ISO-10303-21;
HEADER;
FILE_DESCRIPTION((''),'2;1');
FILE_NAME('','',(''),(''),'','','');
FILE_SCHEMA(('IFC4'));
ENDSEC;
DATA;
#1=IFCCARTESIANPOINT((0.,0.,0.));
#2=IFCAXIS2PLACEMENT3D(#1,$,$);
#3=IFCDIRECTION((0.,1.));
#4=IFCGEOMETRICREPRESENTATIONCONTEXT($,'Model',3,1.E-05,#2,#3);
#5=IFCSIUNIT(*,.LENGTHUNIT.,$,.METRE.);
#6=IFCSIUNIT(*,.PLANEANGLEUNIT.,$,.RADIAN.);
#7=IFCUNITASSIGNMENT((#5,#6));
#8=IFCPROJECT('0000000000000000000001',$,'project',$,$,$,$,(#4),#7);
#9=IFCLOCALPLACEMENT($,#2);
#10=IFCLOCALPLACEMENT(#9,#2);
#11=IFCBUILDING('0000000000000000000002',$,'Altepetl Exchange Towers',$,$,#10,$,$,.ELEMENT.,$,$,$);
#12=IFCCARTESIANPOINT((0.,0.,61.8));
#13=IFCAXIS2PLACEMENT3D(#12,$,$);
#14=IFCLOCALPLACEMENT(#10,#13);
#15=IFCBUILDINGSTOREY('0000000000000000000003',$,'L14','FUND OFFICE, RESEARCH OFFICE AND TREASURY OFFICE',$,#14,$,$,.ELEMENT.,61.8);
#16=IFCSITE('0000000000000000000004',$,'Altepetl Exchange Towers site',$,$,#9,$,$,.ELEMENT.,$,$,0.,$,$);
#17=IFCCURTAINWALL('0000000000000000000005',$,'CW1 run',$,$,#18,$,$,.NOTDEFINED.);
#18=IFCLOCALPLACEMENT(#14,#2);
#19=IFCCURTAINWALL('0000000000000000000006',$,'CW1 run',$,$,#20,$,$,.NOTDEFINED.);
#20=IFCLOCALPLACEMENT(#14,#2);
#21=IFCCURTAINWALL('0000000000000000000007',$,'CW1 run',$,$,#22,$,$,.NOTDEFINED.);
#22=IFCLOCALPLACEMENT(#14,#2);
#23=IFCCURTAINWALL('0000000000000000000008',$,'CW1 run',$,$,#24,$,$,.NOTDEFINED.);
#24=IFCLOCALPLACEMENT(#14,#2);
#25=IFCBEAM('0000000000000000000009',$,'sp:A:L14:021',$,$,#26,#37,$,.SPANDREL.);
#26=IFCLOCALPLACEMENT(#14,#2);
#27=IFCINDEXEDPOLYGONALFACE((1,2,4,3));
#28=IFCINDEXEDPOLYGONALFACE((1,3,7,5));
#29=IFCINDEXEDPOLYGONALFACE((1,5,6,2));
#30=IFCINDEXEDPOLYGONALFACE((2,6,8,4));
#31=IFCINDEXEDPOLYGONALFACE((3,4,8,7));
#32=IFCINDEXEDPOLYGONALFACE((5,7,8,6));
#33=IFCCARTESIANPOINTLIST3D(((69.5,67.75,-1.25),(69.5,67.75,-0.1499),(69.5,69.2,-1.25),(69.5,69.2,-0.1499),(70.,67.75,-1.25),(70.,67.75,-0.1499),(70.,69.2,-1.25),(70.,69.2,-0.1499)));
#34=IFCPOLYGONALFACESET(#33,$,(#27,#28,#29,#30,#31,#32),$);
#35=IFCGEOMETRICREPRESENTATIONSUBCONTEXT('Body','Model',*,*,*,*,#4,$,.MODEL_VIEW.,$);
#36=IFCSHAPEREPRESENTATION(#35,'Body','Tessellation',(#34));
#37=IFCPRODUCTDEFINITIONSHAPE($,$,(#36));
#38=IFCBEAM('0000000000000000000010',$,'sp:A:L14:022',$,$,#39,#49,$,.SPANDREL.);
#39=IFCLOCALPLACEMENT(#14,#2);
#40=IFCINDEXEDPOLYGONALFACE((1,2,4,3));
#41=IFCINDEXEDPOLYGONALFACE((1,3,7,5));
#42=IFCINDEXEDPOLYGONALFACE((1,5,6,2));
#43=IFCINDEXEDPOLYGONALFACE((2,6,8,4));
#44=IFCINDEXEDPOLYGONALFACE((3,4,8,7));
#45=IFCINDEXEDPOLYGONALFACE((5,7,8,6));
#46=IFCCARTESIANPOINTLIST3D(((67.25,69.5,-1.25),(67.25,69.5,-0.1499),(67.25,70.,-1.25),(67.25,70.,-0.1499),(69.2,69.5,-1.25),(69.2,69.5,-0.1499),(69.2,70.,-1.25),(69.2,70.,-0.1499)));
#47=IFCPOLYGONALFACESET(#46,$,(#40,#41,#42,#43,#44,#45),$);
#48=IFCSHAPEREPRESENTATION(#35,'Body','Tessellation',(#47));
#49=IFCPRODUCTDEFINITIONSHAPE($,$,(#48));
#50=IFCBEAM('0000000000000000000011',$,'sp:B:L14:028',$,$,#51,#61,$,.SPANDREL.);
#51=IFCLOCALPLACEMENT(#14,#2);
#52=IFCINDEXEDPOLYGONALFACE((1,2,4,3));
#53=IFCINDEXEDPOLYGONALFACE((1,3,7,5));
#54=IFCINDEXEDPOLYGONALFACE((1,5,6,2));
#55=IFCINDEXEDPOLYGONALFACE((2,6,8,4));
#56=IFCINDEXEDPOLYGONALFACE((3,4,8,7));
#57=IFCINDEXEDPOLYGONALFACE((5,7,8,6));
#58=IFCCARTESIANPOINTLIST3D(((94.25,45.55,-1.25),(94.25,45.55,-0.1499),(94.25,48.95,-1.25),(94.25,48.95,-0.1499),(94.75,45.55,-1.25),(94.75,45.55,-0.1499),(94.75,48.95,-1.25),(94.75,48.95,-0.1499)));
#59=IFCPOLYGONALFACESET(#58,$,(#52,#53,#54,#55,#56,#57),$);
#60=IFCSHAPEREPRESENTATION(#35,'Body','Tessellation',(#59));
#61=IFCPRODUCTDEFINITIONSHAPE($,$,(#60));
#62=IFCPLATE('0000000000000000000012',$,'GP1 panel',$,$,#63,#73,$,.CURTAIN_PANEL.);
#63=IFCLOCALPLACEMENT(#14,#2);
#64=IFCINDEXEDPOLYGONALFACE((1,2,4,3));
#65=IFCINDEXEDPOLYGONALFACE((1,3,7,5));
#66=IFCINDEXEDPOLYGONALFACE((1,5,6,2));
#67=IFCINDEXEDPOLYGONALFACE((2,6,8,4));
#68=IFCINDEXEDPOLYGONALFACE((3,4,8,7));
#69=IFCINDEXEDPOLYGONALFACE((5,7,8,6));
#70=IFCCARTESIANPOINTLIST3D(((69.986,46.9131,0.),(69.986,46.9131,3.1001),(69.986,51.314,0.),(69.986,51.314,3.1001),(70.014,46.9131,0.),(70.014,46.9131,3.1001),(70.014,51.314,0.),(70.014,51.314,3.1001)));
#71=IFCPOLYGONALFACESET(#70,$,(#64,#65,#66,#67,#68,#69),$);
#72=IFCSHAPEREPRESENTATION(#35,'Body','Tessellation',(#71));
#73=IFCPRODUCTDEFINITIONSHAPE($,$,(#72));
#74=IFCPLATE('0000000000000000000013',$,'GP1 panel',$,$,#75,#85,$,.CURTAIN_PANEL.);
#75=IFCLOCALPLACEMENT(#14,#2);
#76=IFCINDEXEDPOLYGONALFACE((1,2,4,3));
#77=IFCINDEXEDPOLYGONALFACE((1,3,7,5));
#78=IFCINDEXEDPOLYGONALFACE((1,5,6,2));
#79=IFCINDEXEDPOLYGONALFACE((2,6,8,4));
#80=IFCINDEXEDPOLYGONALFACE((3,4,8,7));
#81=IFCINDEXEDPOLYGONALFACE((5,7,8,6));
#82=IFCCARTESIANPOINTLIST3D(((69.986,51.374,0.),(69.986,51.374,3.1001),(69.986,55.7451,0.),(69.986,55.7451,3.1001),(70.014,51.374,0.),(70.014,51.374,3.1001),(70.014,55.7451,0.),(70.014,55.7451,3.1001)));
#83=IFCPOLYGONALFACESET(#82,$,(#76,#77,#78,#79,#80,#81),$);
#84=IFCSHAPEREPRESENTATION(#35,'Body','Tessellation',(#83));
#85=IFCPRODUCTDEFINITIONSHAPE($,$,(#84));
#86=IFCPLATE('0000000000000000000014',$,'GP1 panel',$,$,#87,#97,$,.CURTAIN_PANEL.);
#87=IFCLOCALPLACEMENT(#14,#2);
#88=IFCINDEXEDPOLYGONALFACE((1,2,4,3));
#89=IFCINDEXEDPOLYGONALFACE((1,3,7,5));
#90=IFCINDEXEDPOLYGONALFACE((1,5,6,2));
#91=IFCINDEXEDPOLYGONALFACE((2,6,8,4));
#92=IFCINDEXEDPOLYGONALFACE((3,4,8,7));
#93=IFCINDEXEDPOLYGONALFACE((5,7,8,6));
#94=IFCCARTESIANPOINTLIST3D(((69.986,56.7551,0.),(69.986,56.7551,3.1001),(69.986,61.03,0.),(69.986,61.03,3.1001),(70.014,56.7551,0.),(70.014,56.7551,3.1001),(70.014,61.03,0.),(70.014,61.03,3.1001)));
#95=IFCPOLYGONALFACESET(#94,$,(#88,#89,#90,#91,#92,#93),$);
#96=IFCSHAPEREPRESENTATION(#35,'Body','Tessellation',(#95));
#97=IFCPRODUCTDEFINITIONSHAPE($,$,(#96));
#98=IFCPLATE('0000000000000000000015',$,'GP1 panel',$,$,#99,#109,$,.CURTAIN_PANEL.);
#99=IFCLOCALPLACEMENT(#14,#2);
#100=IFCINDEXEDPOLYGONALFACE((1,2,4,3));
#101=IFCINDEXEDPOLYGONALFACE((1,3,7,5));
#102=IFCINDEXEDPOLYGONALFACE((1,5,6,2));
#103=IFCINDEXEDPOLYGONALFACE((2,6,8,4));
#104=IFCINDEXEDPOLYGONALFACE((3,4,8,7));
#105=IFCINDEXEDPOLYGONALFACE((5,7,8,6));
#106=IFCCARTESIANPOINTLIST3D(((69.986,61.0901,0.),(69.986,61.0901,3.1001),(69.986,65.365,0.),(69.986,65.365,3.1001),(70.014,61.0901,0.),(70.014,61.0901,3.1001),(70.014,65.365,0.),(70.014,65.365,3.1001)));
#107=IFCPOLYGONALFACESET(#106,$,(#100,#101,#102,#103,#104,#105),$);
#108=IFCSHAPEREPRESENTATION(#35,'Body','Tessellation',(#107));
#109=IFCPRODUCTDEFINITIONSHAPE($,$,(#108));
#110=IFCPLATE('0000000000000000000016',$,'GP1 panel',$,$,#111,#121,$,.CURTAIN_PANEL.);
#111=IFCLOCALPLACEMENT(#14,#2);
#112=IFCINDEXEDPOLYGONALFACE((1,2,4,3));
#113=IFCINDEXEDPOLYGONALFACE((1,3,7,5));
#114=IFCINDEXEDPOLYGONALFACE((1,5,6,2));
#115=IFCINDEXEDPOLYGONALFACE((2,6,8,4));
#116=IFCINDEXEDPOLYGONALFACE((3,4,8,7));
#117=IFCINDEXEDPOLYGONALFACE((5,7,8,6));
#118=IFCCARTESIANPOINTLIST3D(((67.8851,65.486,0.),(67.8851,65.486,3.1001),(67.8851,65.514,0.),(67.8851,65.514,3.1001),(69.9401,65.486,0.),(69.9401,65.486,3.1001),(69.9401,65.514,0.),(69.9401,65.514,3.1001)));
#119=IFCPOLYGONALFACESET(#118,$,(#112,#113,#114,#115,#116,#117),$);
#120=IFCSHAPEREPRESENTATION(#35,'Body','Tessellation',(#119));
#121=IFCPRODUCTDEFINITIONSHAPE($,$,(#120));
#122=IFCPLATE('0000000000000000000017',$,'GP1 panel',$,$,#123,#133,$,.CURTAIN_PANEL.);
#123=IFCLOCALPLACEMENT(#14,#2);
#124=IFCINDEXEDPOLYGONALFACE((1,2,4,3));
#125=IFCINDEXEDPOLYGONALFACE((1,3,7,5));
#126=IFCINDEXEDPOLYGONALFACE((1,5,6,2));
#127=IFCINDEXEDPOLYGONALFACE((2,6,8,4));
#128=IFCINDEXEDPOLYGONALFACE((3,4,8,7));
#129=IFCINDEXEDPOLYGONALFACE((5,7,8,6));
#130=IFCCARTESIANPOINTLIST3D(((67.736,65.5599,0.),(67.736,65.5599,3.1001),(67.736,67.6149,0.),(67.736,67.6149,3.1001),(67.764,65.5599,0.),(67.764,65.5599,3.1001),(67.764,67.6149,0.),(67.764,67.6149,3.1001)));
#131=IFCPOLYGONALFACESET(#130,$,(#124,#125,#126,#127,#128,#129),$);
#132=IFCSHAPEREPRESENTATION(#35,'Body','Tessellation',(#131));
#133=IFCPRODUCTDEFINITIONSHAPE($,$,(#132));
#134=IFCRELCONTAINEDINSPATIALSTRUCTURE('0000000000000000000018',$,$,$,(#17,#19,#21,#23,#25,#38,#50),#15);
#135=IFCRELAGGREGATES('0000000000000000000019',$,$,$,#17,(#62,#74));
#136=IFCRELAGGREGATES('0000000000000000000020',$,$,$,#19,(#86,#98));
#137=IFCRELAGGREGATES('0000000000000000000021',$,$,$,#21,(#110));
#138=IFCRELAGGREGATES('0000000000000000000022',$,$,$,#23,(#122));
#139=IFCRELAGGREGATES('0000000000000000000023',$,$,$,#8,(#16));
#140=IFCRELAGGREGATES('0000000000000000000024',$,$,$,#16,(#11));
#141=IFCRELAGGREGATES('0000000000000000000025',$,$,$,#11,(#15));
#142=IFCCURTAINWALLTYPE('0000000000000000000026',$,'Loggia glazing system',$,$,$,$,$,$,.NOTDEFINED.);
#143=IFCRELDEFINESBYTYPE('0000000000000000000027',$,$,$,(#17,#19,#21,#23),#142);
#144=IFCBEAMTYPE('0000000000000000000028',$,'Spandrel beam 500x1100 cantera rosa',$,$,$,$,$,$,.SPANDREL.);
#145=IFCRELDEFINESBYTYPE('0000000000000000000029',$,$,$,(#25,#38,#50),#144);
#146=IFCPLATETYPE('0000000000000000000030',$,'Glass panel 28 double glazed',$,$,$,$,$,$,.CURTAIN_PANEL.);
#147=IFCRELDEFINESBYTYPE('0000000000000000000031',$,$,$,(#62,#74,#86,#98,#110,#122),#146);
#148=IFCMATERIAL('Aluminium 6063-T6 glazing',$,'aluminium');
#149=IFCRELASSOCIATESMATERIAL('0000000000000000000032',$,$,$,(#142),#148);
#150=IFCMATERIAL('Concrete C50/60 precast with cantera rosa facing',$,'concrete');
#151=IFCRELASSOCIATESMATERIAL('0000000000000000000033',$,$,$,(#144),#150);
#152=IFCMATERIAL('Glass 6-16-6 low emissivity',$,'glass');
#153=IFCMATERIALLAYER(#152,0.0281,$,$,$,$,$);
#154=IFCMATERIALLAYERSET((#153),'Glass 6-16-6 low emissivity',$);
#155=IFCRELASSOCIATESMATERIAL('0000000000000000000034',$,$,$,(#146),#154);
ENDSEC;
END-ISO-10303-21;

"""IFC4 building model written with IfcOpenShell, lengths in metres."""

from ifc_helpers import new_model, si_unit, direction, frame, origin, origin_2d, place, context, subcontext, project, spatial, rectangle, extrude, material, layer, layer_set, material_profile, profile_set, type_object, element, aggregate, save


model = new_model("IFC4")

# Units and contexts
model_context = context("Model", 3, precision=1e-05, world=origin(), true_north=direction((0.0, 1.0)))
body_context = subcontext(model_context, "Body", "Model", "MODEL_VIEW")
ifc_project = project(units=[si_unit("LENGTHUNIT", "METRE"), si_unit("PLANEANGLEUNIT", "RADIAN")], contexts=[model_context])

# Site, building, storey
site_placement = place(None, origin())
site = spatial("IfcSite", under=ifc_project, at=site_placement, Name="Altepetl Exchange Towers site", CompositionType="ELEMENT", RefElevation=0.0)
building_placement = place(site_placement, origin())
building = spatial("IfcBuilding", under=site, at=building_placement, Name="Altepetl Exchange Towers", CompositionType="ELEMENT")
storey_placement = place(building_placement, frame((0.0, 0.0, 61.8)))
storey = spatial("IfcBuildingStorey", under=building, at=storey_placement, Name="L14", Description="FUND OFFICE, RESEARCH OFFICE AND TREASURY OFFICE", CompositionType="ELEMENT", Elevation=61.8)

# Curtain walls
ifc_material_1 = material(Name="Aluminium 6063-T6 glazing", Category="aluminium")
curtain_wall_type = type_object("IfcCurtainWallType", Name="Loggia glazing system", PredefinedType="NOTDEFINED", material=ifc_material_1)
curtain_wall_1_placement = place(storey_placement, origin())
curtain_wall_1 = element("IfcCurtainWall", 1, at=curtain_wall_1_placement, inside=storey, type_object=curtain_wall_type, Name="CW1 run", PredefinedType="NOTDEFINED")
curtain_wall_2_placement = place(storey_placement, origin())
curtain_wall_2 = element("IfcCurtainWall", 2, at=curtain_wall_2_placement, inside=storey, type_object=curtain_wall_type, Name="CW1 run", PredefinedType="NOTDEFINED")
curtain_wall_3_placement = place(storey_placement, origin())
curtain_wall_3 = element("IfcCurtainWall", 3, at=curtain_wall_3_placement, inside=storey, type_object=curtain_wall_type, Name="CW1 run", PredefinedType="NOTDEFINED")
curtain_wall_4_placement = place(storey_placement, origin())
curtain_wall_4 = element("IfcCurtainWall", 4, at=curtain_wall_4_placement, inside=storey, type_object=curtain_wall_type, Name="CW1 run", PredefinedType="NOTDEFINED")

# Beams
ifc_material_2 = material(Name="Concrete C50/60 precast with cantera rosa facing", Category="concrete")
ifc_material_profile_1 = material_profile(ifc_material_2, rectangle(XDim=0.5, YDim=1.1001, at=origin_2d()), Name="500 x 1100")
ifc_profile_set_1 = profile_set([ifc_material_profile_1], Name="Concrete C50/60 precast with cantera rosa facing")
beam_type_1 = type_object("IfcBeamType", Name="Spandrel beam 500x1100 cantera rosa", PredefinedType="SPANDREL", material=ifc_profile_set_1)
beam_1_placement = place(storey_placement, frame((69.75, 67.75, -0.7), z_axis=(0.0, 1.0, 0.0), x_axis=(-1.0, 0.0, 0.0)))
element("IfcBeam", 5, at=beam_1_placement, inside=storey, type_object=beam_type_1, Name="sp:A:L14:021", PredefinedType="SPANDREL", context=body_context, shape_type="SweptSolid", body=[
    extrude(rectangle(XDim=0.5, YDim=1.1001, at=origin_2d()), origin(), (0.0, 0.0, 1.0), 1.45),
])
beam_2_placement = place(storey_placement, frame((69.2, 69.75, -0.7), z_axis=(-1.0, 0.0, 0.0), x_axis=(0.0, -1.0, 0.0)))
element("IfcBeam", 6, at=beam_2_placement, inside=storey, type_object=beam_type_1, Name="sp:A:L14:022", PredefinedType="SPANDREL", context=body_context, shape_type="SweptSolid", body=[
    extrude(rectangle(XDim=0.5, YDim=1.1001, at=origin_2d()), origin(), (0.0, 0.0, 1.0), 1.95),
])
beam_3_placement = place(storey_placement, frame((94.5, 48.95, -0.7), z_axis=(0.0, -1.0, 0.0), x_axis=(1.0, 0.0, 0.0)))
element("IfcBeam", 7, at=beam_3_placement, inside=storey, type_object=beam_type_1, Name="sp:B:L14:028", PredefinedType="SPANDREL", context=body_context, shape_type="SweptSolid", body=[
    extrude(rectangle(XDim=0.5, YDim=1.1001, at=origin_2d()), origin(), (0.0, 0.0, 1.0), 3.3999),
])

# Plates
ifc_material_3 = material(Name="Glass 6-16-6 low emissivity", Category="glass")
ifc_layer = layer(ifc_material_3, 0.0281)
ifc_layer_set = layer_set([ifc_layer], Name="Glass 6-16-6 low emissivity")
plate_type = type_object("IfcPlateType", Name="Glass panel 28 double glazed", PredefinedType="CURTAIN_PANEL", material=ifc_layer_set)
plate_1_placement = place(storey_placement, frame((70.0, 49.1135, 0.0), z_axis=(0.0, 0.0, 1.0), x_axis=(0.0, 1.0, 0.0)))
plate_1 = element("IfcPlate", 8, at=plate_1_placement, type_object=plate_type, Name="GP1 panel", PredefinedType="CURTAIN_PANEL", context=body_context, shape_type="SweptSolid", body=[
    extrude(rectangle(XDim=4.4009, YDim=0.0281, at=origin_2d()), origin(), (0.0, 0.0, 1.0), 3.1001),
])
plate_2_placement = place(storey_placement, frame((70.0, 53.5596, 0.0), z_axis=(0.0, 0.0, 1.0), x_axis=(0.0, 1.0, 0.0)))
plate_2 = element("IfcPlate", 9, at=plate_2_placement, type_object=plate_type, Name="GP1 panel", PredefinedType="CURTAIN_PANEL", context=body_context, shape_type="SweptSolid", body=[
    extrude(rectangle(XDim=4.3711, YDim=0.0281, at=origin_2d()), origin(), (0.0, 0.0, 1.0), 3.1001),
])
aggregate(curtain_wall_1, [plate_1, plate_2])
plate_3_placement = place(storey_placement, frame((70.0, 58.8926, 0.0), z_axis=(0.0, 0.0, 1.0), x_axis=(0.0, 1.0, 0.0)))
plate_3 = element("IfcPlate", 10, at=plate_3_placement, type_object=plate_type, Name="GP1 panel", PredefinedType="CURTAIN_PANEL", context=body_context, shape_type="SweptSolid", body=[
    extrude(rectangle(XDim=4.2749, YDim=0.0281, at=origin_2d()), origin(), (0.0, 0.0, 1.0), 3.1001),
])
plate_4_placement = place(storey_placement, frame((70.0, 63.2275, 0.0), z_axis=(0.0, 0.0, 1.0), x_axis=(0.0, 1.0, 0.0)))
plate_4 = element("IfcPlate", 11, at=plate_4_placement, type_object=plate_type, Name="GP1 panel", PredefinedType="CURTAIN_PANEL", context=body_context, shape_type="SweptSolid", body=[
    extrude(rectangle(XDim=4.2749, YDim=0.0281, at=origin_2d()), origin(), (0.0, 0.0, 1.0), 3.1001),
])
aggregate(curtain_wall_2, [plate_3, plate_4])
plate_5_placement = place(storey_placement, frame((68.9126, 65.5, 0.0), z_axis=(0.0, 0.0, 1.0), x_axis=(-1.0, 0.0, 0.0)))
plate_5 = element("IfcPlate", 12, at=plate_5_placement, type_object=plate_type, Name="GP1 panel", PredefinedType="CURTAIN_PANEL", context=body_context, shape_type="SweptSolid", body=[
    extrude(rectangle(XDim=2.0549, YDim=0.0281, at=origin_2d()), origin(), (0.0, 0.0, 1.0), 3.1001),
])
aggregate(curtain_wall_3, [plate_5])
plate_6_placement = place(storey_placement, frame((67.75, 66.5874, 0.0), z_axis=(0.0, 0.0, 1.0), x_axis=(0.0, 1.0, 0.0)))
plate_6 = element("IfcPlate", 13, at=plate_6_placement, type_object=plate_type, Name="GP1 panel", PredefinedType="CURTAIN_PANEL", context=body_context, shape_type="SweptSolid", body=[
    extrude(rectangle(XDim=2.0549, YDim=0.0281, at=origin_2d()), origin(), (0.0, 0.0, 1.0), 3.1001),
])
aggregate(curtain_wall_4, [plate_6])

save(model, "model.ifc")
